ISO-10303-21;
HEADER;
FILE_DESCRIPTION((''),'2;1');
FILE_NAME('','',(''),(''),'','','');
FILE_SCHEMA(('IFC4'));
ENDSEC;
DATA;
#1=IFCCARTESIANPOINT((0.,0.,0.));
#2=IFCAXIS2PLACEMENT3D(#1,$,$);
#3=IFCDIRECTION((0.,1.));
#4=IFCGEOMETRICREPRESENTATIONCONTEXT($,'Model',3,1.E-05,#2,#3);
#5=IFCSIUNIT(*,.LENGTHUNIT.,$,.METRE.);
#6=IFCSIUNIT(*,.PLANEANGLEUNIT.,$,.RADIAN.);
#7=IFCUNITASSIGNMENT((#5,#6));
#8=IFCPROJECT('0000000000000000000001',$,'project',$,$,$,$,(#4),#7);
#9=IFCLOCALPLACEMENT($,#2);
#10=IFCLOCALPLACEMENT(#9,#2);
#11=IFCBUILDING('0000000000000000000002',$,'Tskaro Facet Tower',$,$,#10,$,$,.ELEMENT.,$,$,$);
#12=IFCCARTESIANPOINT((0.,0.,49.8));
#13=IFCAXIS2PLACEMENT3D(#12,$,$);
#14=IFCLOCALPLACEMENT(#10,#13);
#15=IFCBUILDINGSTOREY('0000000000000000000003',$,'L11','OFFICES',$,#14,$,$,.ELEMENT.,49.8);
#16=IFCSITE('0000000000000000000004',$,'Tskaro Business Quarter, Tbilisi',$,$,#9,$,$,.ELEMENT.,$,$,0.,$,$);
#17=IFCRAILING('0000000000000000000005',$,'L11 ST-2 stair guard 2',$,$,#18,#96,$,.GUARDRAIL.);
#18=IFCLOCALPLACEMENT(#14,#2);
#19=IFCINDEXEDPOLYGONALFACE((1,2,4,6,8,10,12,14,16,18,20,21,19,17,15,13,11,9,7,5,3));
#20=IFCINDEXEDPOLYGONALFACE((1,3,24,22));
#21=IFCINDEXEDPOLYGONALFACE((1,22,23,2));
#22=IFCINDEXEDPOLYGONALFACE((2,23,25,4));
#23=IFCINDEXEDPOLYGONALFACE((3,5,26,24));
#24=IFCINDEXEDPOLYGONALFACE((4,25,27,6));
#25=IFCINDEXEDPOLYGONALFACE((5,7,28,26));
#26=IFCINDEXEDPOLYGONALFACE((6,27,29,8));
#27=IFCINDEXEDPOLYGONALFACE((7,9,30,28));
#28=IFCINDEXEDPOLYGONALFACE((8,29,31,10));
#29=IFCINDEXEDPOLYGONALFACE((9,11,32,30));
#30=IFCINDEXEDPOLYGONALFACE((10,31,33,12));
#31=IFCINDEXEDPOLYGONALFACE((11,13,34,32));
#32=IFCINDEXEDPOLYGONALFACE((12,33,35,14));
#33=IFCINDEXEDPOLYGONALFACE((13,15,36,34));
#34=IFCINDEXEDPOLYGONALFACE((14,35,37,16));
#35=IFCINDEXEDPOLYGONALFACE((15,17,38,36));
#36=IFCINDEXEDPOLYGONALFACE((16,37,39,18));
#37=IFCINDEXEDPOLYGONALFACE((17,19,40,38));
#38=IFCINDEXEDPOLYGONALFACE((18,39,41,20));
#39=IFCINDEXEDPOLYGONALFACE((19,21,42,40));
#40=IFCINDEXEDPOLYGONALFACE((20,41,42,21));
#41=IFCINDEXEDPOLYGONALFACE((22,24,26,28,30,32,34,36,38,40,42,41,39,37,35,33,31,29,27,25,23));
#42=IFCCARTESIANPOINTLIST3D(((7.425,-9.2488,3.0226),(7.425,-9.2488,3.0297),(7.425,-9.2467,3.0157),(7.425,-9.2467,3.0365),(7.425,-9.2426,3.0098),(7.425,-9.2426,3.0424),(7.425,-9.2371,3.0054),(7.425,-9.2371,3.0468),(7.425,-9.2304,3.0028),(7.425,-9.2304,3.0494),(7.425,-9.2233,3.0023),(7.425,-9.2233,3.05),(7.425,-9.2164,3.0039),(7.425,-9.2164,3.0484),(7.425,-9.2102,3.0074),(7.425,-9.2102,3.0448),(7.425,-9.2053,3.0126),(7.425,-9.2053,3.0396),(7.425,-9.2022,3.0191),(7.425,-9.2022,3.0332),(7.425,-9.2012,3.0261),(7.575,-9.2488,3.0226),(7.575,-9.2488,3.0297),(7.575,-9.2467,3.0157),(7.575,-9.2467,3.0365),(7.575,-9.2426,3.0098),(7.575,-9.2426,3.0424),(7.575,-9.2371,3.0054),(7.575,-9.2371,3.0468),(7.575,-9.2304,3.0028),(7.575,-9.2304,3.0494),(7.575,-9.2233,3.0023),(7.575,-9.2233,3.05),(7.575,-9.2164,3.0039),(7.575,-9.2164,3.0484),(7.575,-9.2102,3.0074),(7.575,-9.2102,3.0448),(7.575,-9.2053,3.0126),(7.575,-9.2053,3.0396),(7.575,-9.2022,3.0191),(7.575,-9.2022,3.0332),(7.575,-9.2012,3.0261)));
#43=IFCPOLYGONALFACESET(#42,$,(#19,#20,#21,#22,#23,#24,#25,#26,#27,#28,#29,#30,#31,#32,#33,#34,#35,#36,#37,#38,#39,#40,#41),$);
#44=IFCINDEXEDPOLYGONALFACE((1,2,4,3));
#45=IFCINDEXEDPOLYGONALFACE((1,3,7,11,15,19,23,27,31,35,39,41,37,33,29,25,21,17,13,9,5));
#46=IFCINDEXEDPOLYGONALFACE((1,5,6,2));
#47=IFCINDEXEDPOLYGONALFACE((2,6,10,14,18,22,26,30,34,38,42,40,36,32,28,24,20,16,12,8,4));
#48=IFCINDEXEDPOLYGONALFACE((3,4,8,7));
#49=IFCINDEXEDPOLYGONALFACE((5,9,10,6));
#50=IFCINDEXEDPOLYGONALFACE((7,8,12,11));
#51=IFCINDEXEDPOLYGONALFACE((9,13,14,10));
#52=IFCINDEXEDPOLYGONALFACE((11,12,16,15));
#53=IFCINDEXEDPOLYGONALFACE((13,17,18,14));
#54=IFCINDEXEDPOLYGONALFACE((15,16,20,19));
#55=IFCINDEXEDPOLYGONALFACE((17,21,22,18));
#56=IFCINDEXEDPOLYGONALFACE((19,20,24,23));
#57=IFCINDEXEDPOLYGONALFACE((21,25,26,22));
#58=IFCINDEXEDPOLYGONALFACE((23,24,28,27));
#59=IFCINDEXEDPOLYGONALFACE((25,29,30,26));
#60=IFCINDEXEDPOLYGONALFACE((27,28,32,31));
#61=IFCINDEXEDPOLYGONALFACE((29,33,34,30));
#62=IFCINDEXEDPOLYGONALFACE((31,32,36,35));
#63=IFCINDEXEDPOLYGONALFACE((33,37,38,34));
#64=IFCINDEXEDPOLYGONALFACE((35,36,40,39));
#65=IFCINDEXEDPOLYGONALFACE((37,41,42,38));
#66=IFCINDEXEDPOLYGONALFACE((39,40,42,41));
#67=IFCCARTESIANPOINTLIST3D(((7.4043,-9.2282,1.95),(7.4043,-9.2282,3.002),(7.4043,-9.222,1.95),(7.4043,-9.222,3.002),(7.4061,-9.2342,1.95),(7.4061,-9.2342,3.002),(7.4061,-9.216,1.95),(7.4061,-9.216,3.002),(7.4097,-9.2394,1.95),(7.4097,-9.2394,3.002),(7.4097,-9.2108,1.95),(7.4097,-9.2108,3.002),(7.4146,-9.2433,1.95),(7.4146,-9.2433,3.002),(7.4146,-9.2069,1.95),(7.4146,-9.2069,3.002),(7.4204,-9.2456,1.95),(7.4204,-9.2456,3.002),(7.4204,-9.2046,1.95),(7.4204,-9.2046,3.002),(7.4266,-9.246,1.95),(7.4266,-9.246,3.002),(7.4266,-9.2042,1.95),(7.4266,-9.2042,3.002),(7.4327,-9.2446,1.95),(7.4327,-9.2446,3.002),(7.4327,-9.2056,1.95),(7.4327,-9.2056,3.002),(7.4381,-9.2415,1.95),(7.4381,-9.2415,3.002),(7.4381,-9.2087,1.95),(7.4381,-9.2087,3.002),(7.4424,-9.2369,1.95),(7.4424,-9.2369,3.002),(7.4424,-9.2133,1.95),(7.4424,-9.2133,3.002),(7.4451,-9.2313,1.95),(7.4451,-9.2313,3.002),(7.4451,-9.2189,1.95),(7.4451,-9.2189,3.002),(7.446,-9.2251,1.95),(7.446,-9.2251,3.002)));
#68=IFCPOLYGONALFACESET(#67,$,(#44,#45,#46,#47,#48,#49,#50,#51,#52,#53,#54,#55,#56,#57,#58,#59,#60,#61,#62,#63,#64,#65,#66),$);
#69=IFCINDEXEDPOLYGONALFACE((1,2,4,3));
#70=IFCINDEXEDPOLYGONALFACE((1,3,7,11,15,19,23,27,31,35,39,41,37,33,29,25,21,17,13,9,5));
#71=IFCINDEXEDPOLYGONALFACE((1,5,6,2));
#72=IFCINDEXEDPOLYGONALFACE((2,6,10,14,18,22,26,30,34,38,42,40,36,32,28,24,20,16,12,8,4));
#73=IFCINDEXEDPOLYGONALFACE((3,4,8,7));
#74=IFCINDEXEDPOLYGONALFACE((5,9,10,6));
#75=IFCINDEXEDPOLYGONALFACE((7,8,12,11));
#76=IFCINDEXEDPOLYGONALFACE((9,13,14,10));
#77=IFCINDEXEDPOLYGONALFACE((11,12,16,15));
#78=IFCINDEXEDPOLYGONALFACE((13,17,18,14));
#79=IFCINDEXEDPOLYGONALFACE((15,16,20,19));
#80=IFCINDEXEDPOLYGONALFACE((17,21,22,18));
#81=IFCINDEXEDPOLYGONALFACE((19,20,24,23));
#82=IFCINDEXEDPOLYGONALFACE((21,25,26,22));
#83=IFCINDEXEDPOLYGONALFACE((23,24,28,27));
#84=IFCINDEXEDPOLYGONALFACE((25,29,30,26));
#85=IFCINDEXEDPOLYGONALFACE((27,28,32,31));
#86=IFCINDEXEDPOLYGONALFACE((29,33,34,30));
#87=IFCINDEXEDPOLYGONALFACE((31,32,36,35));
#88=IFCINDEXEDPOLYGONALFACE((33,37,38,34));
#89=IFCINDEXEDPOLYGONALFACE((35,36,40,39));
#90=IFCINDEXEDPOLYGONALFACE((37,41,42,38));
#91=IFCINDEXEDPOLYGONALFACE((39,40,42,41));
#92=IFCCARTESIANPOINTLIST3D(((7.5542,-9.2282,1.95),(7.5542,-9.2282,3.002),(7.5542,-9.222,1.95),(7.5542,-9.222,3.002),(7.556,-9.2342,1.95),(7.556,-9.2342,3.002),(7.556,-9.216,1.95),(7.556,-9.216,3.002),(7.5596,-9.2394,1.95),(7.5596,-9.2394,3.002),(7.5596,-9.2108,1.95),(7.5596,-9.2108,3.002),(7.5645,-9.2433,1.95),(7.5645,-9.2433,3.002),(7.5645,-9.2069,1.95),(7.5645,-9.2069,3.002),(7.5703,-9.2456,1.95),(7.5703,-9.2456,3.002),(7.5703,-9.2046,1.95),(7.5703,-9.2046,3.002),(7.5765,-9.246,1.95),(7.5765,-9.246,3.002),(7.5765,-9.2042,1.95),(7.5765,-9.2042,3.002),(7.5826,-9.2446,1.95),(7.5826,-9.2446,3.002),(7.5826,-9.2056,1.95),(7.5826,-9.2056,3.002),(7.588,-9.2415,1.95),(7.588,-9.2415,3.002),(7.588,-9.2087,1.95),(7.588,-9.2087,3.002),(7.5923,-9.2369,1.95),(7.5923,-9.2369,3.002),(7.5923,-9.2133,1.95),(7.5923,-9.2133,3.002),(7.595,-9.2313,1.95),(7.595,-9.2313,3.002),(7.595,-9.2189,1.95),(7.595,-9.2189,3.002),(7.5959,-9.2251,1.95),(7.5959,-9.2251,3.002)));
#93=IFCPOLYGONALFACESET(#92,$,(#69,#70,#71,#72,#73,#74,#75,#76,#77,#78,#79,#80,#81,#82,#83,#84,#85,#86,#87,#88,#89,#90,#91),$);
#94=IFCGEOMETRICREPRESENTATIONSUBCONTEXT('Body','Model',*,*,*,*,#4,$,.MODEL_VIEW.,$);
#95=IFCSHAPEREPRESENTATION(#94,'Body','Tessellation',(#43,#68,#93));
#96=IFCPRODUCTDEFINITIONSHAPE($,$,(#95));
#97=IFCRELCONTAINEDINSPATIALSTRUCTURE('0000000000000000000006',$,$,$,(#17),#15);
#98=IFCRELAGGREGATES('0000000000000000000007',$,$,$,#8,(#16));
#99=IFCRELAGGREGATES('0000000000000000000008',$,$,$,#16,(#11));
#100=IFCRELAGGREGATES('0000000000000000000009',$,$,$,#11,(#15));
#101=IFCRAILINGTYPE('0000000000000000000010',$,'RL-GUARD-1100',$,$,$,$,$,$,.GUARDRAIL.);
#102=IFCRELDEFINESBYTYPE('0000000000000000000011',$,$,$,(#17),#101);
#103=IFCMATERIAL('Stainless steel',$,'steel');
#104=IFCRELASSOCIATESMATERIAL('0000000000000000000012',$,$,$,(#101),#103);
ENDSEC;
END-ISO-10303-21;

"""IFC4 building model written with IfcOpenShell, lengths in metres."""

from ifc_helpers import new_model, si_unit, direction, frame, origin, origin_2d, place, context, subcontext, project, spatial, circle, extrude, material, type_object, element, save


model = new_model("IFC4")

# Units and contexts
model_context = context("Model", 3, precision=1e-05, world=origin(), true_north=direction((0.0, 1.0)))
body_context = subcontext(model_context, "Body", "Model", "MODEL_VIEW")
ifc_project = project(units=[si_unit("LENGTHUNIT", "METRE"), si_unit("PLANEANGLEUNIT", "RADIAN")], contexts=[model_context])

# Site, building, storey
site_placement = place(None, origin())
site = spatial("IfcSite", under=ifc_project, at=site_placement, Name="Tskaro Business Quarter, Tbilisi", CompositionType="ELEMENT", RefElevation=0.0)
building_placement = place(site_placement, origin())
building = spatial("IfcBuilding", under=site, at=building_placement, Name="Tskaro Facet Tower", CompositionType="ELEMENT")
storey_placement = place(building_placement, frame((0.0, 0.0, 49.8)))
storey = spatial("IfcBuildingStorey", under=building, at=storey_placement, Name="L11", Description="OFFICES", CompositionType="ELEMENT", Elevation=49.8)

# Shared definitions
ifc_material_1 = material(Name="Stainless steel", Category="steel")

# Railing
railing_type_1 = type_object("IfcRailingType", Name="RL-GUARD-1100", PredefinedType="GUARDRAIL", material=ifc_material_1)
railing_1_placement = place(storey_placement, frame((7.425, -9.2251, 1.95)))
element("IfcRailing", 1, at=railing_1_placement, inside=storey, type_object=railing_type_1, Name="L11 ST-2 stair guard 2", PredefinedType="GUARDRAIL", context=body_context, shape_type="SweptSolid", body=[
    extrude(circle(Radius=0.0239, at=origin_2d()), frame((0.0, 0.0, 1.0762), z_axis=(1.0, 0.0, 0.0), x_axis=(0.0, 1.0, 0.0)), (0.0, 0.0, 1.0), 0.1499),
    extrude(circle(Radius=0.021, at=origin_2d()), origin(), (0.0, 0.0, 1.0), 1.052),
    extrude(circle(Radius=0.021, at=origin_2d()), frame((0.1499, 0.0, 0.0)), (0.0, 0.0, 1.0), 1.052),
])

save(model, "model.ifc")
